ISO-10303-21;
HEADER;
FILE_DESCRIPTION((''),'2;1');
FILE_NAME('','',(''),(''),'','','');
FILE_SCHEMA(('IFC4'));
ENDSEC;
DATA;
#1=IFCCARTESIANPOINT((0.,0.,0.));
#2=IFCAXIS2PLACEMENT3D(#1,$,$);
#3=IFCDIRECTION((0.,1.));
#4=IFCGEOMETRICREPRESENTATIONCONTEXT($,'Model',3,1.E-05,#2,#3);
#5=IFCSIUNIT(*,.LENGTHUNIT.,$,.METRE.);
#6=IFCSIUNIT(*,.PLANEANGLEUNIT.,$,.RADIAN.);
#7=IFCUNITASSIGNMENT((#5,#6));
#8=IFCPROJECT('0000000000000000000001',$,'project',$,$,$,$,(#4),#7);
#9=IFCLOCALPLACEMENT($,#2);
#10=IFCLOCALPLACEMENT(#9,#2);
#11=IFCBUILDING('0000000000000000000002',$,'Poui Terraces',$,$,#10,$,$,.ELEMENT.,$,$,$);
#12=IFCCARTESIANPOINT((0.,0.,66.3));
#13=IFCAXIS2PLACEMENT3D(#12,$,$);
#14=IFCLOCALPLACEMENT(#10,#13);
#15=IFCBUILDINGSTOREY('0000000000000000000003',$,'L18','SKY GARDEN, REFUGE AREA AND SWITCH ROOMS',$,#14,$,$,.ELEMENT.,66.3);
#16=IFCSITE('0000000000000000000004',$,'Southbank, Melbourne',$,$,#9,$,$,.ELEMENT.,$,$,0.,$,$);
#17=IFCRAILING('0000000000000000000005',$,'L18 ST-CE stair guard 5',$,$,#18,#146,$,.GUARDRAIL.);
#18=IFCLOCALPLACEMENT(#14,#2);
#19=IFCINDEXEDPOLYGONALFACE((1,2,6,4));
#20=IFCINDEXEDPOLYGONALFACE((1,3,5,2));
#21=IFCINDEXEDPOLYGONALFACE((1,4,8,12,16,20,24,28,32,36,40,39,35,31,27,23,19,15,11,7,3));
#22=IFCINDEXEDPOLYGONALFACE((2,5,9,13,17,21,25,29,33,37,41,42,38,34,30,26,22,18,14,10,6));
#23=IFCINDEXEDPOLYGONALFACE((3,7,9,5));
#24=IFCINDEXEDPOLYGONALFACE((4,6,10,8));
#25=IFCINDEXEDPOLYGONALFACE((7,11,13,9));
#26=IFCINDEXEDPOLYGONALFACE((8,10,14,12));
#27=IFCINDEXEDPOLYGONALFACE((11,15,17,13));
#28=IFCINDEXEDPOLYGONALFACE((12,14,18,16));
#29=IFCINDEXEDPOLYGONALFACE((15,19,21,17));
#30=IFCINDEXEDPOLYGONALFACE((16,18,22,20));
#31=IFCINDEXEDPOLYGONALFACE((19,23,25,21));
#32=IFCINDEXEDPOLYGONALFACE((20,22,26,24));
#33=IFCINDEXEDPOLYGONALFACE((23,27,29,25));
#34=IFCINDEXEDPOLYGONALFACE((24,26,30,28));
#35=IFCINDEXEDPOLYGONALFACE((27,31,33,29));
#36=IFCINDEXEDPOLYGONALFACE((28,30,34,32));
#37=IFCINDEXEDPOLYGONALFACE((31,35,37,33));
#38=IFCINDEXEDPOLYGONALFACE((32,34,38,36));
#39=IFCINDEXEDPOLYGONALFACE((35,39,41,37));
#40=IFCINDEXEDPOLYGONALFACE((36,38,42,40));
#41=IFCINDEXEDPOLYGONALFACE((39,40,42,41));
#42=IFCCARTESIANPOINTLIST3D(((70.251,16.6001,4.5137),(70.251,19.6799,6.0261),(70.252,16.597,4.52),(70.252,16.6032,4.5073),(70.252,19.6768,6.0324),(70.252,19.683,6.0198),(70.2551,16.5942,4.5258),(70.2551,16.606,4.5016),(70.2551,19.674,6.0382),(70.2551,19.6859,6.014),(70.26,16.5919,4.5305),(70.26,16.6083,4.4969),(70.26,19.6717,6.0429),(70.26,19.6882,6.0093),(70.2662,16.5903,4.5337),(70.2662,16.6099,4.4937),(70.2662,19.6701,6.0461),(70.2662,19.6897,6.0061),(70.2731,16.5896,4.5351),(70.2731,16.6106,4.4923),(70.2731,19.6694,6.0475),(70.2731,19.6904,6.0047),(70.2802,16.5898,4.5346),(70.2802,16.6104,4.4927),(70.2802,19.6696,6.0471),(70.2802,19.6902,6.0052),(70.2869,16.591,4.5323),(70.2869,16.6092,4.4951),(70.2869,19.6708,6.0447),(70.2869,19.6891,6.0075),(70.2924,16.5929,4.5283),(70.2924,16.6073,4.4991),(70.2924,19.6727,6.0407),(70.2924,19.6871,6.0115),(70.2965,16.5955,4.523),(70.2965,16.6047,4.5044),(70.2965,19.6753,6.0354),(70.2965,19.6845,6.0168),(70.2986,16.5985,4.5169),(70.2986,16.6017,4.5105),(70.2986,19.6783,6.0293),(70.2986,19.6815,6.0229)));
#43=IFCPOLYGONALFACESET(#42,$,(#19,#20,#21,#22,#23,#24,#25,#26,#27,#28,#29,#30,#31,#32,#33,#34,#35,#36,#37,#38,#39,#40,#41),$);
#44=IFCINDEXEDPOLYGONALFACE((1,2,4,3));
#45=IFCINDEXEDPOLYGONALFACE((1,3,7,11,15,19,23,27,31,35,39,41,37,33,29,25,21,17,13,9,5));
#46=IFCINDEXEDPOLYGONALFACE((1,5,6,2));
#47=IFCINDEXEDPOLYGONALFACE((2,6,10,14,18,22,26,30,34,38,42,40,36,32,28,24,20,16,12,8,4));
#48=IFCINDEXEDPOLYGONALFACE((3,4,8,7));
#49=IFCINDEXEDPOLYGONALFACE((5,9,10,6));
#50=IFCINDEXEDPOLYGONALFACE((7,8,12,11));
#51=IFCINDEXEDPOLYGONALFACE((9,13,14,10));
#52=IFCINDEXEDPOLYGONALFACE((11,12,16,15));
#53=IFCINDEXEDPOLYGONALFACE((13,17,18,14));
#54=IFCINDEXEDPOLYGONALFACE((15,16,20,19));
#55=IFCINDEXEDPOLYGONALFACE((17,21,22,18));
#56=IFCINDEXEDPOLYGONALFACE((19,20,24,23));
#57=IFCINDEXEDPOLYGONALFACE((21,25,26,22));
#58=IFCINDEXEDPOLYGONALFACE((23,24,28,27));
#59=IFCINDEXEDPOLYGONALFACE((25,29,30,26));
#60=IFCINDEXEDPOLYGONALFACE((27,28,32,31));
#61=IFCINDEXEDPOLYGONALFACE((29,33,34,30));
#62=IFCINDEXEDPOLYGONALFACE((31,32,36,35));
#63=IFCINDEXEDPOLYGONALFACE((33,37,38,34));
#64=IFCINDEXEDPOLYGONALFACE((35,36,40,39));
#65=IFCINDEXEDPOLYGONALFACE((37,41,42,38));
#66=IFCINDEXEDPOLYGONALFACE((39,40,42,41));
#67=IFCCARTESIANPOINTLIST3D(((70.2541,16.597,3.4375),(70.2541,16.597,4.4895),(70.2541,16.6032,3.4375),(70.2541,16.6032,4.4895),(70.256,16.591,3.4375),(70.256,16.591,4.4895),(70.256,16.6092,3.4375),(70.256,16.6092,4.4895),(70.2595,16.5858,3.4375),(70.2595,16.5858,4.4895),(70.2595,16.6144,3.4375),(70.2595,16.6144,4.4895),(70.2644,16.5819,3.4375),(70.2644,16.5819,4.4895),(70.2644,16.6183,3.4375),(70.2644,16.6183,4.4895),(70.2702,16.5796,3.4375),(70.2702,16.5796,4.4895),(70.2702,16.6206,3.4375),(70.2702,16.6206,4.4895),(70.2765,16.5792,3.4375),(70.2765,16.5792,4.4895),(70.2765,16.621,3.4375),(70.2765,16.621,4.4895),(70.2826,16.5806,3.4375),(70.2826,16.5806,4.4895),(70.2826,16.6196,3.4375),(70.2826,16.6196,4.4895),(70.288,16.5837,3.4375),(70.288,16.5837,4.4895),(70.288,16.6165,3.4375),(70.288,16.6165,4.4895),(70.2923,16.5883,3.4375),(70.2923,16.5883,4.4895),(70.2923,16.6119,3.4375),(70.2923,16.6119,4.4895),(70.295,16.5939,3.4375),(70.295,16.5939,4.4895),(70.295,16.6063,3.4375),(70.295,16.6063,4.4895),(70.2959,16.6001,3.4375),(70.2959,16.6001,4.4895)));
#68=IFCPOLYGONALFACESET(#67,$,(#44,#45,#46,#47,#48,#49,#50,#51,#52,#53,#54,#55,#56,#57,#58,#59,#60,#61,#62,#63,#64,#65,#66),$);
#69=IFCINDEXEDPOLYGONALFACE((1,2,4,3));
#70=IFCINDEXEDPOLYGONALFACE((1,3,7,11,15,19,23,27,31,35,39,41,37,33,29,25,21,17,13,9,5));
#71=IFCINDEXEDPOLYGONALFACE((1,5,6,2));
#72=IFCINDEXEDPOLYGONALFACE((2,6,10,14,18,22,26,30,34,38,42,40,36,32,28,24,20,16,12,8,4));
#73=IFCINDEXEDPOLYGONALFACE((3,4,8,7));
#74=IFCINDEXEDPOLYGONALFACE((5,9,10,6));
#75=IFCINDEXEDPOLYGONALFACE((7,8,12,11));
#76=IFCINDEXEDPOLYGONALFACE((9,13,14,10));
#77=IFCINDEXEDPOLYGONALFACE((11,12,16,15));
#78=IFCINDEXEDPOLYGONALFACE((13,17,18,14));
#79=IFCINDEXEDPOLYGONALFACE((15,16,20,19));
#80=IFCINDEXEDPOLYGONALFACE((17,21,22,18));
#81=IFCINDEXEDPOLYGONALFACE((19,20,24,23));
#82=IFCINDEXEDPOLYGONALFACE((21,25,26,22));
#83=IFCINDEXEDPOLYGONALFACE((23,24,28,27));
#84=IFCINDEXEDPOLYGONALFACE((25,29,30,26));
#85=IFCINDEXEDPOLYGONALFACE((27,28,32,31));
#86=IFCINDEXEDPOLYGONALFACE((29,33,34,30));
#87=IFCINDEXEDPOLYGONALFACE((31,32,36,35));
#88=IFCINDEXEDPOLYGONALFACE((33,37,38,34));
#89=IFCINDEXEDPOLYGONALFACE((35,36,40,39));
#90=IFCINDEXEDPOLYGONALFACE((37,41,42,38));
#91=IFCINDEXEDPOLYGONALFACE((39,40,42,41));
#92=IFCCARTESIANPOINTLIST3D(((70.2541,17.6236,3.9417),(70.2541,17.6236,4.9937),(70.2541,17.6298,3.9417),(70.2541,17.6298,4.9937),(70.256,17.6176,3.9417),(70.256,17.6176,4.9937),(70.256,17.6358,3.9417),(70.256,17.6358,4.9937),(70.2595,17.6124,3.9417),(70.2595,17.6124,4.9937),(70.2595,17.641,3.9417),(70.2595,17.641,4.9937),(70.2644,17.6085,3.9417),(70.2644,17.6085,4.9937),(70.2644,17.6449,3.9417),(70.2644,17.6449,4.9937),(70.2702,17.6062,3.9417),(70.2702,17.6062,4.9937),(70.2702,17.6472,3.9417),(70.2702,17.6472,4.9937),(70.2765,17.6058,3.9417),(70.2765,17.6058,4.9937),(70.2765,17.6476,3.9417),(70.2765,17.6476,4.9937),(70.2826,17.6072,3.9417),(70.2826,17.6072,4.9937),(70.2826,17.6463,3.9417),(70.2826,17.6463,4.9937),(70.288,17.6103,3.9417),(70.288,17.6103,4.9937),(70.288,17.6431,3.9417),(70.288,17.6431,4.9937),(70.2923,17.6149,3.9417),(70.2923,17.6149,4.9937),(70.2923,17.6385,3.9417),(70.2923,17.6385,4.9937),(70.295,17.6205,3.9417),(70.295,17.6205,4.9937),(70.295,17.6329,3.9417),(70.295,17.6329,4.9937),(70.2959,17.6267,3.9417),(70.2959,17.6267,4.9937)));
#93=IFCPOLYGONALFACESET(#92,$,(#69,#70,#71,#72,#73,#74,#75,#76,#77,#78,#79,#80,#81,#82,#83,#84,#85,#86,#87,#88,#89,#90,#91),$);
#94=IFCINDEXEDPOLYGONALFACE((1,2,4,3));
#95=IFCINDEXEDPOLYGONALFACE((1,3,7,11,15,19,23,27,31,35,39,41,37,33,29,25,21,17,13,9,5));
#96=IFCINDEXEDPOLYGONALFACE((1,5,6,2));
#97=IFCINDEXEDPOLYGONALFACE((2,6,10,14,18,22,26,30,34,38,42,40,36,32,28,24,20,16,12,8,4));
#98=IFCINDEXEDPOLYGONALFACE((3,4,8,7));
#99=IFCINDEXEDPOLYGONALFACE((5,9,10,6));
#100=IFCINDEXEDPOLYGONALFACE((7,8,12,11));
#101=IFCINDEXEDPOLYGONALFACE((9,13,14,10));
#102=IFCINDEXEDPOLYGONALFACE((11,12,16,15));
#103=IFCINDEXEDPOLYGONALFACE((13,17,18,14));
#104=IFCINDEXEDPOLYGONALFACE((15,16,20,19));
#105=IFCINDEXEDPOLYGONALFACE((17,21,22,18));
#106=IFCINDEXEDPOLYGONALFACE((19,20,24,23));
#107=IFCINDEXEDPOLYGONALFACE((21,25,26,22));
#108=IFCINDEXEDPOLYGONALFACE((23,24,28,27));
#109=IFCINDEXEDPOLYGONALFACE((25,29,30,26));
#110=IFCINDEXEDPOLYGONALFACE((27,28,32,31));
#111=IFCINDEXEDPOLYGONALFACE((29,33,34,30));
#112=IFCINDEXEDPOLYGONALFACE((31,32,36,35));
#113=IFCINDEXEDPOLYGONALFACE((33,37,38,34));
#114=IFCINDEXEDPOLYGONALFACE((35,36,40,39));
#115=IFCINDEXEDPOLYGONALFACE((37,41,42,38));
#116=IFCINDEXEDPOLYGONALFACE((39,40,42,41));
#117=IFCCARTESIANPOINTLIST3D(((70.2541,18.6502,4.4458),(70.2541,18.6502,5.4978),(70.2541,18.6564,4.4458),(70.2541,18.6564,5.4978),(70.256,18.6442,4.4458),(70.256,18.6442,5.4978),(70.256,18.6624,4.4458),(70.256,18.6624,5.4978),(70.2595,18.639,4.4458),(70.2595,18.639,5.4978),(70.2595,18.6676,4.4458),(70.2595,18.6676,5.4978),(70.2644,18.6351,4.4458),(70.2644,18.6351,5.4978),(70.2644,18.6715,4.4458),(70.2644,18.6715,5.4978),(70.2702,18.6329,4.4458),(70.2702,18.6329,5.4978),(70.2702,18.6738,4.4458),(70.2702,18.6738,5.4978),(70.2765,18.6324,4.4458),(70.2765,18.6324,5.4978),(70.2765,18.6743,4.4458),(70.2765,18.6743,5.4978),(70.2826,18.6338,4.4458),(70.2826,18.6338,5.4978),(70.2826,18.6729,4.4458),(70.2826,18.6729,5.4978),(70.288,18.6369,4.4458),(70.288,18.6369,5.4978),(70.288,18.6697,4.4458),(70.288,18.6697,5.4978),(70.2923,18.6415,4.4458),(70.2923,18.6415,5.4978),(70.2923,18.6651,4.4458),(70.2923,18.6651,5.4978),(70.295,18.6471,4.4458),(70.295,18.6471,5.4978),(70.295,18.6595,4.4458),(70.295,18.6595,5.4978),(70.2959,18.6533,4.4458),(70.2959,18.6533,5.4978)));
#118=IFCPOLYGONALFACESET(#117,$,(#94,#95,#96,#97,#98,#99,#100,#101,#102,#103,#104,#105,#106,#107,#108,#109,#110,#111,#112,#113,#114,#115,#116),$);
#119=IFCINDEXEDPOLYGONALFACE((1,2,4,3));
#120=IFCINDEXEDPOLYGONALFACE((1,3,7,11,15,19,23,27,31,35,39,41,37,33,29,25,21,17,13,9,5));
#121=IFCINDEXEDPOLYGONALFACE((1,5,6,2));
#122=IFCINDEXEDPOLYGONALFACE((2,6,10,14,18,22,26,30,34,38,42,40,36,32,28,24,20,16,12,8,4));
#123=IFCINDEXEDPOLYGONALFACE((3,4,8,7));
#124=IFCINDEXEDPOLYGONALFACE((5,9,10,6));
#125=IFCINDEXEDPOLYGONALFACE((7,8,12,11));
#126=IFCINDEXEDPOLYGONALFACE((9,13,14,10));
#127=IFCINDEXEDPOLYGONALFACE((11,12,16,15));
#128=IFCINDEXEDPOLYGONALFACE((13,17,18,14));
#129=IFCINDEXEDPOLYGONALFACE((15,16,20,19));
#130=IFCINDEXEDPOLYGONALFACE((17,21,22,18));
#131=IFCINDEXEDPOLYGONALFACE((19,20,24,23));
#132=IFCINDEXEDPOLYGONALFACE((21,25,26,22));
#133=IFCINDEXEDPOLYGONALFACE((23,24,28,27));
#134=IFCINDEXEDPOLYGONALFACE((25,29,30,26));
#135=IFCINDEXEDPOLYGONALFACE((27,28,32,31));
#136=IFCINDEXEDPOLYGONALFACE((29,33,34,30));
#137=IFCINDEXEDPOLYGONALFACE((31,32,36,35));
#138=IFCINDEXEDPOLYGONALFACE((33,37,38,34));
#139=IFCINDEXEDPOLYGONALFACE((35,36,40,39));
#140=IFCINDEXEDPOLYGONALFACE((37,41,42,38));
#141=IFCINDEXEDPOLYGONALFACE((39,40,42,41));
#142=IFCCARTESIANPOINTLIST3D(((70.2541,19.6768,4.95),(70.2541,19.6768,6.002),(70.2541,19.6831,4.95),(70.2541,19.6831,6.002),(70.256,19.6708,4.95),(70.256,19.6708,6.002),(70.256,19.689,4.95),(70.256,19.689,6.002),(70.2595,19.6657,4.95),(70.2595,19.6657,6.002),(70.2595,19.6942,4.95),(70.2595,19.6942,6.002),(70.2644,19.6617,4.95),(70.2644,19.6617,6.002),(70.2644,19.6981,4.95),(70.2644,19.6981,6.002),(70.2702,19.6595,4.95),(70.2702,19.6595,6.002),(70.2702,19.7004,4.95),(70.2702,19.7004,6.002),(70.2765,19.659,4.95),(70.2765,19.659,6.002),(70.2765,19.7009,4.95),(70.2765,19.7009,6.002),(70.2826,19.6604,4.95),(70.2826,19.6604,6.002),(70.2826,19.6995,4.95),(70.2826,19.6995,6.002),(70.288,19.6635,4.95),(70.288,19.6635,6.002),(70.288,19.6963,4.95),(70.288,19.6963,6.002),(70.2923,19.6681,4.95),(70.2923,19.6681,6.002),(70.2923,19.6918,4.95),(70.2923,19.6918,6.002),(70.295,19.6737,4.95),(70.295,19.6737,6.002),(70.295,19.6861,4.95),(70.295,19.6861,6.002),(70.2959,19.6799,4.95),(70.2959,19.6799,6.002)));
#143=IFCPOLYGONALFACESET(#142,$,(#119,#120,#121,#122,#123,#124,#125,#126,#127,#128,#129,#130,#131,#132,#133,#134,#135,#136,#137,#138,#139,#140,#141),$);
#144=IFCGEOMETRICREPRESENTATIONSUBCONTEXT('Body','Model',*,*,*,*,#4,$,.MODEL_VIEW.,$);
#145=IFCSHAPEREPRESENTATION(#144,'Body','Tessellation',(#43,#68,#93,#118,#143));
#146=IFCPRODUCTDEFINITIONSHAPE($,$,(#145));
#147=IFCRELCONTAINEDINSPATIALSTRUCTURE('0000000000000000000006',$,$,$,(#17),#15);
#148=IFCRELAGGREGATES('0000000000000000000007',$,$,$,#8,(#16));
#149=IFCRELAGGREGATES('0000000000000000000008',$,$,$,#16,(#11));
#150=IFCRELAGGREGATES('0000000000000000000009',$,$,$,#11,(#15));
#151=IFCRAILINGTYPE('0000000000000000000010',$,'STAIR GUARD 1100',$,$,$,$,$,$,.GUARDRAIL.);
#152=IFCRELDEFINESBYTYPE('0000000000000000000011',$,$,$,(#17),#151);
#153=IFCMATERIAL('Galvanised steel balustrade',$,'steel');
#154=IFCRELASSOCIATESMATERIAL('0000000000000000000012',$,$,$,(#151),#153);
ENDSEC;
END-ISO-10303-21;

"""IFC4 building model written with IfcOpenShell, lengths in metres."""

from ifc_helpers import new_model, si_unit, direction, frame, origin, origin_2d, place, context, subcontext, project, spatial, circle, extrude, material, type_object, element, save


model = new_model("IFC4")

# Units and contexts
model_context = context("Model", 3, precision=1e-05, world=origin(), true_north=direction((0.0, 1.0)))
body_context = subcontext(model_context, "Body", "Model", "MODEL_VIEW")
ifc_project = project(units=[si_unit("LENGTHUNIT", "METRE"), si_unit("PLANEANGLEUNIT", "RADIAN")], contexts=[model_context])

# Site, building, storey
site_placement = place(None, origin())
site = spatial("IfcSite", under=ifc_project, at=site_placement, Name="Southbank, Melbourne", CompositionType="ELEMENT", RefElevation=0.0)
building_placement = place(site_placement, origin())
building = spatial("IfcBuilding", under=site, at=building_placement, Name="Poui Terraces", CompositionType="ELEMENT")
storey_placement = place(building_placement, frame((0.0, 0.0, 66.3)))
storey = spatial("IfcBuildingStorey", under=building, at=storey_placement, Name="L18", Description="SKY GARDEN, REFUGE AREA AND SWITCH ROOMS", CompositionType="ELEMENT", Elevation=66.3)

# Railing
ifc_material_1 = material(Name="Galvanised steel balustrade", Category="steel")
railing_type_1 = type_object("IfcRailingType", Name="STAIR GUARD 1100", PredefinedType="GUARDRAIL", material=ifc_material_1)
railing_1_placement = place(storey_placement, frame((70.2749, 16.6001, 3.4375)))
element("IfcRailing", 1, at=railing_1_placement, inside=storey, type_object=railing_type_1, Name="L18 ST-CE stair guard 5", PredefinedType="GUARDRAIL", context=body_context, shape_type="SweptSolid", body=[
    extrude(circle(Radius=0.0239, at=origin_2d()), frame((0.0, 0.0, 1.0762), z_axis=(0.0, 0.897606, 0.440798), x_axis=(-1.0, 0.0, 0.0)), (0.0, 0.0, 1.0), 3.4312),
    extrude(circle(Radius=0.021, at=origin_2d()), origin(), (0.0, 0.0, 1.0), 1.052),
    extrude(circle(Radius=0.021, at=origin_2d()), frame((0.0, 1.0266, 0.5042)), (0.0, 0.0, 1.0), 1.052),
    extrude(circle(Radius=0.021, at=origin_2d()), frame((0.0, 2.0532, 1.0083)), (0.0, 0.0, 1.0), 1.052),
    extrude(circle(Radius=0.021, at=origin_2d()), frame((0.0, 3.0798, 1.5125)), (0.0, 0.0, 1.0), 1.052),
])

save(model, "model.ifc")
